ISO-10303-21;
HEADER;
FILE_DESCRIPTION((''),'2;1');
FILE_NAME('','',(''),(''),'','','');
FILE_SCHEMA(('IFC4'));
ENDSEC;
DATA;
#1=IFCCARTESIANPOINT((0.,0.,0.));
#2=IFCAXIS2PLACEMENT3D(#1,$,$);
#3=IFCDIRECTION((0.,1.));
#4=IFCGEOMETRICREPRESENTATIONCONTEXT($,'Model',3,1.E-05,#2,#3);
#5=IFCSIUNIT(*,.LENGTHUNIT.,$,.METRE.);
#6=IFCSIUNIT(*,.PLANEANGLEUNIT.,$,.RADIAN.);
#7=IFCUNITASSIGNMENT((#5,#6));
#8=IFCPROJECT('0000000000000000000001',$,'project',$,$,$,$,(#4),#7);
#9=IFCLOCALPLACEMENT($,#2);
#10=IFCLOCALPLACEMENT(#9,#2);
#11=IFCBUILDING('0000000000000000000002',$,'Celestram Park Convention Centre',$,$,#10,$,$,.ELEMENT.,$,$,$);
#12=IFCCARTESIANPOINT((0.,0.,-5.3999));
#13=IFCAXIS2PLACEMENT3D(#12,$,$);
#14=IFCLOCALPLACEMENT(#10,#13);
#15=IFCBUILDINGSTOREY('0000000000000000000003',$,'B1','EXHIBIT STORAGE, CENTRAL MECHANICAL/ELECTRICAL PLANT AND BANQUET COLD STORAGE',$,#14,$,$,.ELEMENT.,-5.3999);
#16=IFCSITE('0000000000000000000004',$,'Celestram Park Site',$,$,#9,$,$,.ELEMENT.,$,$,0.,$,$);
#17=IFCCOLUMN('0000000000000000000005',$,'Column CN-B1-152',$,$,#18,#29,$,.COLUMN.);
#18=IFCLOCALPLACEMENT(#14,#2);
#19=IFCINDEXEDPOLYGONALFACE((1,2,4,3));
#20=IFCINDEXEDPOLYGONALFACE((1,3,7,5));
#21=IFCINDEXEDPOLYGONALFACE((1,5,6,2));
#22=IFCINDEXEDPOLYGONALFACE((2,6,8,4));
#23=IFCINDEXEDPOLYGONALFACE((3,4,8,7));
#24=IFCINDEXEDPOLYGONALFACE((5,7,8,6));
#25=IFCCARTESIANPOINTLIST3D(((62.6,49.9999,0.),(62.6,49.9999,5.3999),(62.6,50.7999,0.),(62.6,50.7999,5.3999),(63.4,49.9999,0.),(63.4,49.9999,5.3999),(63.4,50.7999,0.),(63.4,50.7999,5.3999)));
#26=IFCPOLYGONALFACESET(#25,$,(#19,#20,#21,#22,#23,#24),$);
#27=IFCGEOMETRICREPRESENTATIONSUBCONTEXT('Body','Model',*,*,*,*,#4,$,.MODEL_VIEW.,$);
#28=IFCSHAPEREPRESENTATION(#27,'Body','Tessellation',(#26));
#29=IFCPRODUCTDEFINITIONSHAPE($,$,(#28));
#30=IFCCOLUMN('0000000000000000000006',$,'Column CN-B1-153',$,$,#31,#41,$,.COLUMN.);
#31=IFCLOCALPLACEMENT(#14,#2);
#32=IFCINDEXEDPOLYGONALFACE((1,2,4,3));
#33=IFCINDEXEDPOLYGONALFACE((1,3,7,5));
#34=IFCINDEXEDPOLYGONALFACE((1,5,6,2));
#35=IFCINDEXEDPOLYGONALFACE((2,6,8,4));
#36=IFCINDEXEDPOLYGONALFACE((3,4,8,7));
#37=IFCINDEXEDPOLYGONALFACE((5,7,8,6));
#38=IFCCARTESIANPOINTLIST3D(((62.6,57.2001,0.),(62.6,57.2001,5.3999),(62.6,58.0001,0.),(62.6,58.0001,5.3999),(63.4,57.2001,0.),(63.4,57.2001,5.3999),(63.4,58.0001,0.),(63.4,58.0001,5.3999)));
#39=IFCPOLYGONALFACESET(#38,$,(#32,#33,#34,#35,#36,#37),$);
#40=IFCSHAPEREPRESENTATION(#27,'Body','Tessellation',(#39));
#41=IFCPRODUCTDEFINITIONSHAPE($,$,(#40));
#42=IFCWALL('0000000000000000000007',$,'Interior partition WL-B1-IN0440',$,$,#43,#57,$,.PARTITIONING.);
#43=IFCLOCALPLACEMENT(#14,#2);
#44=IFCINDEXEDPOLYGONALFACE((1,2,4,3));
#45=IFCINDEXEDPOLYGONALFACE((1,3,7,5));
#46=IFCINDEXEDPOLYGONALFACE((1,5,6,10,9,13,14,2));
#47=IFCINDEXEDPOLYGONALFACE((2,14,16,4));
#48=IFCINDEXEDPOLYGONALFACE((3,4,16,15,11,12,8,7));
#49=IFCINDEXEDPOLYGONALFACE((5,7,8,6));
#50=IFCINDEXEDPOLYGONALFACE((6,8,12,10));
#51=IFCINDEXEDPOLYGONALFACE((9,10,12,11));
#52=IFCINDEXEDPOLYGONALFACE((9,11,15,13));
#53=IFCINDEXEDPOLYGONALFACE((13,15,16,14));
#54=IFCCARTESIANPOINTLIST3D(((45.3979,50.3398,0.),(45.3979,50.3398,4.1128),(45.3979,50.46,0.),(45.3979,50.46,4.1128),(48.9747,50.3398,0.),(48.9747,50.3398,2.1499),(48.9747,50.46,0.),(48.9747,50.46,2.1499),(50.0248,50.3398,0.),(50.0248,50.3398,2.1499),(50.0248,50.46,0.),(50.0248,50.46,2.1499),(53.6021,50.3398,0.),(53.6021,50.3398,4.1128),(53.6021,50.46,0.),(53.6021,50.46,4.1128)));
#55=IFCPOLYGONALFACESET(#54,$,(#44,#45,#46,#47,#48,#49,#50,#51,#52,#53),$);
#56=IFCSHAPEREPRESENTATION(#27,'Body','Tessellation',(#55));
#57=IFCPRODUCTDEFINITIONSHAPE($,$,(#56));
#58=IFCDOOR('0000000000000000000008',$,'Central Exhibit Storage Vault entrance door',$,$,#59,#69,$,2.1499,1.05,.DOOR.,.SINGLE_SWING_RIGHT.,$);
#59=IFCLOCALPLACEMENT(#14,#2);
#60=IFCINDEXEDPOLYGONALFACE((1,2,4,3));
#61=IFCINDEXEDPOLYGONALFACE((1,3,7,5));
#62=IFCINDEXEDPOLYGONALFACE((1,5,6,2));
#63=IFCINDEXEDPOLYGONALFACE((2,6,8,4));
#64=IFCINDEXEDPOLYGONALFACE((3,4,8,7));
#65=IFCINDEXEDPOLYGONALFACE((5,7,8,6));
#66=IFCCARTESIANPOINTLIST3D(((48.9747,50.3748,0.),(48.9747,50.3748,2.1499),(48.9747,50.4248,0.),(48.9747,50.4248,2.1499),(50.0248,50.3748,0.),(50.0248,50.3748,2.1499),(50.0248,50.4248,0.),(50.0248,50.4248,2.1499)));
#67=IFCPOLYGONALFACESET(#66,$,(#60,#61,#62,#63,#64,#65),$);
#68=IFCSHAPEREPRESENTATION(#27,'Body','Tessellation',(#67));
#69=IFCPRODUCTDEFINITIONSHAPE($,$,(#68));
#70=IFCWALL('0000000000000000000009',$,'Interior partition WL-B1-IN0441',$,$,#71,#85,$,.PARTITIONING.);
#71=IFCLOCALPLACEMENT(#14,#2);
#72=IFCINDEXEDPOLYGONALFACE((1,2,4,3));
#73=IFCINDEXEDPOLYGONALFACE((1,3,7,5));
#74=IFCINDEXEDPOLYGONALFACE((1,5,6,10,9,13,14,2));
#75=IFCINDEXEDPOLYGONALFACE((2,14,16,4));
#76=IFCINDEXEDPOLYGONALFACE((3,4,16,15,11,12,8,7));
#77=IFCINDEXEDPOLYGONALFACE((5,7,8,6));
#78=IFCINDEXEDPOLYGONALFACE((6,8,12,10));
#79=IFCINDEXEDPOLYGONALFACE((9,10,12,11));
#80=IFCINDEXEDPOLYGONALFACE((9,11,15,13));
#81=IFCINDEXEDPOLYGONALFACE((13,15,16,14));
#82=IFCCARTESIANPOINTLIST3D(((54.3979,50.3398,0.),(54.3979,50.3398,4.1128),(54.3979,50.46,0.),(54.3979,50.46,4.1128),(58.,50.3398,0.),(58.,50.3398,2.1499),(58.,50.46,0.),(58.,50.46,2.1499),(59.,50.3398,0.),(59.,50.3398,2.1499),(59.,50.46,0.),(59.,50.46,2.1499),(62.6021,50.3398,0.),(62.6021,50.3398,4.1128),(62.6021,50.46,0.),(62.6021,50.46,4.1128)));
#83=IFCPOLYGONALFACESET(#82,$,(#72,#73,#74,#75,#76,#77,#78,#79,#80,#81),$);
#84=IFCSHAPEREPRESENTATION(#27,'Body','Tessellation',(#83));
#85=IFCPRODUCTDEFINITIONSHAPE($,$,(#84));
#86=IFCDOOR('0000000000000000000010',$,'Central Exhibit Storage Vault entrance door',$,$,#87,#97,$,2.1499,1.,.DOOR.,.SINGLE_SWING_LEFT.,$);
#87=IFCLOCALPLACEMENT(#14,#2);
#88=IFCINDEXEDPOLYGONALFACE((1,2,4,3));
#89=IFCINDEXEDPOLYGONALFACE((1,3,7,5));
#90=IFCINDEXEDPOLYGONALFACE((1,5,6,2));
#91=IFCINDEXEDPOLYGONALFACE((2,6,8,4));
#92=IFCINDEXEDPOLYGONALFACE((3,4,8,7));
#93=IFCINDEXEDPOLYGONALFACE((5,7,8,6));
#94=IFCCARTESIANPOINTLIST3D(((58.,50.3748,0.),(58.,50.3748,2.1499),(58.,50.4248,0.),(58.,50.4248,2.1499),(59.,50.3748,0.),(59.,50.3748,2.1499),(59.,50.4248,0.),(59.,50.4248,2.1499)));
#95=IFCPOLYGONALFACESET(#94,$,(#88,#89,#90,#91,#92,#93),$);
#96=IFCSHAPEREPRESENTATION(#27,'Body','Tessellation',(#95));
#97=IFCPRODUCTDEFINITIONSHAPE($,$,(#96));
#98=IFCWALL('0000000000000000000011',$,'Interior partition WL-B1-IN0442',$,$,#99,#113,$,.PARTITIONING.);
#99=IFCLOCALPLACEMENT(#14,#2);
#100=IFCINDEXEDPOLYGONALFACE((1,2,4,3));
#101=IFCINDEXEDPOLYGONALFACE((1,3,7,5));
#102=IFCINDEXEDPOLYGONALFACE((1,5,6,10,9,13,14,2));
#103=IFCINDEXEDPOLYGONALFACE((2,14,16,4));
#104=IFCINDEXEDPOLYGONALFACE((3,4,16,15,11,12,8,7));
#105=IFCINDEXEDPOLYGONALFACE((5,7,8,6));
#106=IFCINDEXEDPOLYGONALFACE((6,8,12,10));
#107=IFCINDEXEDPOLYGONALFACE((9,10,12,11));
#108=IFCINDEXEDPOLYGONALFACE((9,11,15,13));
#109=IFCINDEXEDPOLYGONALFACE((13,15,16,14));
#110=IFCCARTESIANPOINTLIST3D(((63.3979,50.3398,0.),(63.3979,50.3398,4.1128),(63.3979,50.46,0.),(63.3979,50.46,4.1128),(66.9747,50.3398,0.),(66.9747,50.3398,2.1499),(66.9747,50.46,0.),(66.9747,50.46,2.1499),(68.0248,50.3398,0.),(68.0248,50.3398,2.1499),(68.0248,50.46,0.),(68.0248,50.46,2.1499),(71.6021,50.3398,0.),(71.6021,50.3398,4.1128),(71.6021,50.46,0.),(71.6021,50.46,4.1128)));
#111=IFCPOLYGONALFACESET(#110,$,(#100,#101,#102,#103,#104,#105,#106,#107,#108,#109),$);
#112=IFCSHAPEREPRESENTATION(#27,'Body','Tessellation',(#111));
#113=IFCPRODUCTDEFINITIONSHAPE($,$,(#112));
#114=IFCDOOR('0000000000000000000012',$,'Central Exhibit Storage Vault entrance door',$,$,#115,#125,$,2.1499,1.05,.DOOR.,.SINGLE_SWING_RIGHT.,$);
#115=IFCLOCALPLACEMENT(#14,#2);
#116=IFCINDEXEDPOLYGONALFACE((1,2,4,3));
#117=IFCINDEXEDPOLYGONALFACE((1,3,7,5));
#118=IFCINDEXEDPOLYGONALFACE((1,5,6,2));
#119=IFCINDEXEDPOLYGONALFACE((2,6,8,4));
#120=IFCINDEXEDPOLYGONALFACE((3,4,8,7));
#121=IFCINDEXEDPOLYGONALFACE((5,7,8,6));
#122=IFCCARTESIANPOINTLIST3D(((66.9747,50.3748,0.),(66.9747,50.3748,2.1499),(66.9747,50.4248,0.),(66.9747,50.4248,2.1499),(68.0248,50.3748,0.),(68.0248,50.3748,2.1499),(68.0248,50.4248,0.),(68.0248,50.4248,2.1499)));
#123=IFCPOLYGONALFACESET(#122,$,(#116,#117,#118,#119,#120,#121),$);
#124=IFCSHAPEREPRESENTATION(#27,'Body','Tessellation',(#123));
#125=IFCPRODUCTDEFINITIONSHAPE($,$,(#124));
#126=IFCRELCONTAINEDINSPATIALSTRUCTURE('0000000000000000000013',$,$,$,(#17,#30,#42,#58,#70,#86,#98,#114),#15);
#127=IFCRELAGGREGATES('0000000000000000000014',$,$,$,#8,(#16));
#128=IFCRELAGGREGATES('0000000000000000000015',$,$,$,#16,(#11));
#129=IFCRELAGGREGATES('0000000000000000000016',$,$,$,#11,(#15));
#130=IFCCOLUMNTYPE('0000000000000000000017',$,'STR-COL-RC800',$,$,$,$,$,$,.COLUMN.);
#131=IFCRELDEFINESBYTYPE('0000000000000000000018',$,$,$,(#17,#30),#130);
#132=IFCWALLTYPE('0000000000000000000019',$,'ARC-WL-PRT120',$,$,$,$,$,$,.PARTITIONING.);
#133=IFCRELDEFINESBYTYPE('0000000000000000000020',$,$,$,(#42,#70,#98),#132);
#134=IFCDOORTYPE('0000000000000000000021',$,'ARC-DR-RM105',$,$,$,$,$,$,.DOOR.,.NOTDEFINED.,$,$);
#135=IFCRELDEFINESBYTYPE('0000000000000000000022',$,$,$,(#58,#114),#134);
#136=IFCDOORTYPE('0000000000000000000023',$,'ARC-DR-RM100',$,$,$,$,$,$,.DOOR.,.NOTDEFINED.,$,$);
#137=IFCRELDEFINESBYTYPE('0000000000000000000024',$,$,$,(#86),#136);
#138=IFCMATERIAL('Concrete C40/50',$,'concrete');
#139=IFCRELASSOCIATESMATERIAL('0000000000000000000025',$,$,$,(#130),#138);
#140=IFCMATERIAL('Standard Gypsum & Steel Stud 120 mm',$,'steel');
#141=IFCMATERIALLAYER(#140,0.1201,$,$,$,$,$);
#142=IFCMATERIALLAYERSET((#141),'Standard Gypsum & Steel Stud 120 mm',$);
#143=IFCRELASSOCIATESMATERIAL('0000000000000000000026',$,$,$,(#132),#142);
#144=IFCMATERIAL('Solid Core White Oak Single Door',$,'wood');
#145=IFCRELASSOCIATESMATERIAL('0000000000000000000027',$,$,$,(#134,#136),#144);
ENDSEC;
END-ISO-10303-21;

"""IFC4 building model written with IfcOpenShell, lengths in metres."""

from ifc_helpers import new_model, si_unit, direction, frame, frame_2d, origin, origin_2d, place, context, subcontext, project, spatial, rectangle, extrude, material, layer, layer_set, material_profile, profile_set, type_object, element, fill, save


model = new_model("IFC4")

# Units and contexts
model_context = context("Model", 3, precision=1e-05, world=origin(), true_north=direction((0.0, 1.0)))
body_context = subcontext(model_context, "Body", "Model", "MODEL_VIEW")
ifc_project = project(units=[si_unit("LENGTHUNIT", "METRE"), si_unit("PLANEANGLEUNIT", "RADIAN")], contexts=[model_context])

# Site, building, storey
site_placement = place(None, origin())
site = spatial("IfcSite", under=ifc_project, at=site_placement, Name="Celestram Park Site", CompositionType="ELEMENT", RefElevation=0.0)
building_placement = place(site_placement, origin())
building = spatial("IfcBuilding", under=site, at=building_placement, Name="Celestram Park Convention Centre", CompositionType="ELEMENT")
storey_placement = place(building_placement, frame((0.0, 0.0, -5.3999)))
storey = spatial("IfcBuildingStorey", under=building, at=storey_placement, Name="B1", Description="EXHIBIT STORAGE, CENTRAL MECHANICAL/ELECTRICAL PLANT AND BANQUET COLD STORAGE", CompositionType="ELEMENT", Elevation=-5.3999)

# Shared definitions
ifc_material_1 = material(Name="Concrete C40/50", Category="concrete")

# Columns
ifc_material_profile_1 = material_profile(ifc_material_1, rectangle(XDim=0.8, YDim=0.8, at=origin_2d()), Name="RC800X800")
ifc_profile_set_1 = profile_set([ifc_material_profile_1], Name="Concrete C40/50")
column_type = type_object("IfcColumnType", Name="STR-COL-RC800", PredefinedType="COLUMN", material=ifc_profile_set_1)
for number, where, z_axis, x_axis, name in (
    (1, (63.0, 50.3999, 0.0), (0.0, 0.0, 1.0), (1.0, 0.0, 0.0), "Column CN-B1-152"),
    (2, (63.0, 57.6001, 0.0), (0.0, 0.0, 1.0), (1.0, 0.0, 0.0), "Column CN-B1-153"),
):
    element("IfcColumn", number, at=place(storey_placement, frame(where, z_axis=z_axis, x_axis=x_axis)), inside=storey, type_object=column_type, Name=name, PredefinedType="COLUMN", context=body_context, shape_type="SweptSolid", body=[
        extrude(rectangle(XDim=0.8, YDim=0.8, at=origin_2d()), origin(), (0.0, 0.0, 1.0), 5.3999),
    ])

# Walls, openings, doors
ifc_material_2 = material(Name="Standard Gypsum & Steel Stud 120 mm", Category="steel")
ifc_layer = layer(ifc_material_2, 0.1201)
ifc_layer_set = layer_set([ifc_layer], Name="Standard Gypsum & Steel Stud 120 mm")
wall_type = type_object("IfcWallType", Name="ARC-WL-PRT120", PredefinedType="PARTITIONING", material=ifc_layer_set)
wall_1_placement = place(storey_placement, frame((45.3979, 50.3999, 0.0), z_axis=(0.0, 0.0, 1.0), x_axis=(1.0, 0.0, 0.0)))
wall_1 = element("IfcWall", 3, at=wall_1_placement, inside=storey, type_object=wall_type, Name="Interior partition WL-B1-IN0440", PredefinedType="PARTITIONING", context=body_context, shape_type="SweptSolid", body=[
    extrude(rectangle(XDim=8.2041, YDim=0.1201, at=frame_2d((4.1021, 0.0))), origin(), (0.0, 0.0, 1.0), 4.1128),
])
opening_1_placement = place(wall_1_placement, frame((3.5769, 0.0, 0.0)))
opening_1 = element("IfcOpeningElement", 4, at=opening_1_placement, cuts=wall_1, PredefinedType="OPENING", context=body_context, shape_type="SweptSolid", body=[
    extrude(rectangle(XDim=1.05, YDim=2.1499, at=frame_2d((0.5249, 1.075))), frame((0.0, 0.0701, 0.0), z_axis=(0.0, -1.0, 0.0), x_axis=(1.0, 0.0, 0.0)), (0.0, 0.0, 1.0), 0.1401),
])
ifc_material_3 = material(Name="Solid Core White Oak Single Door", Category="wood")
door_type_1 = type_object("IfcDoorType", Name="ARC-DR-RM105", OperationType="NOTDEFINED", PredefinedType="DOOR", material=ifc_material_3)
door_1_placement = place(opening_1_placement, origin())
door_1 = element("IfcDoor", 5, at=door_1_placement, inside=storey, type_object=door_type_1, Name="Central Exhibit Storage Vault entrance door", OperationType="SINGLE_SWING_RIGHT", OverallHeight=2.1499, OverallWidth=1.05, PredefinedType="DOOR", context=body_context, shape_type="SweptSolid", body=[
    extrude(rectangle(XDim=1.05, YDim=2.1499, at=frame_2d((0.5249, 1.075))), frame((0.0, 0.0249, 0.0), z_axis=(0.0, -1.0, 0.0), x_axis=(1.0, 0.0, 0.0)), (0.0, 0.0, 1.0), 0.05),
])
fill(opening_1, door_1)
wall_2_placement = place(storey_placement, frame((54.3979, 50.3999, 0.0), z_axis=(0.0, 0.0, 1.0), x_axis=(1.0, 0.0, 0.0)))
wall_2 = element("IfcWall", 6, at=wall_2_placement, inside=storey, type_object=wall_type, Name="Interior partition WL-B1-IN0441", PredefinedType="PARTITIONING", context=body_context, shape_type="SweptSolid", body=[
    extrude(rectangle(XDim=8.2041, YDim=0.1201, at=frame_2d((4.1021, 0.0))), origin(), (0.0, 0.0, 1.0), 4.1128),
])
opening_2_placement = place(wall_2_placement, frame((3.6021, 0.0, 0.0)))
opening_2 = element("IfcOpeningElement", 7, at=opening_2_placement, cuts=wall_2, PredefinedType="OPENING", context=body_context, shape_type="SweptSolid", body=[
    extrude(rectangle(XDim=1.0, YDim=2.1499, at=frame_2d((0.5, 1.075))), frame((0.0, 0.0701, 0.0), z_axis=(0.0, -1.0, 0.0), x_axis=(1.0, 0.0, 0.0)), (0.0, 0.0, 1.0), 0.1401),
])
door_type_2 = type_object("IfcDoorType", Name="ARC-DR-RM100", OperationType="NOTDEFINED", PredefinedType="DOOR", material=ifc_material_3)
door_2_placement = place(opening_2_placement, origin())
door_2 = element("IfcDoor", 8, at=door_2_placement, inside=storey, type_object=door_type_2, Name="Central Exhibit Storage Vault entrance door", OperationType="SINGLE_SWING_LEFT", OverallHeight=2.1499, OverallWidth=1.0, PredefinedType="DOOR", context=body_context, shape_type="SweptSolid", body=[
    extrude(rectangle(XDim=1.0, YDim=2.1499, at=frame_2d((0.5, 1.075))), frame((0.0, 0.0249, 0.0), z_axis=(0.0, -1.0, 0.0), x_axis=(1.0, 0.0, 0.0)), (0.0, 0.0, 1.0), 0.05),
])
fill(opening_2, door_2)
wall_3_placement = place(storey_placement, frame((63.3979, 50.3999, 0.0), z_axis=(0.0, 0.0, 1.0), x_axis=(1.0, 0.0, 0.0)))
wall_3 = element("IfcWall", 9, at=wall_3_placement, inside=storey, type_object=wall_type, Name="Interior partition WL-B1-IN0442", PredefinedType="PARTITIONING", context=body_context, shape_type="SweptSolid", body=[
    extrude(rectangle(XDim=8.2041, YDim=0.1201, at=frame_2d((4.1021, 0.0))), origin(), (0.0, 0.0, 1.0), 4.1128),
])
opening_3_placement = place(wall_3_placement, frame((3.5769, 0.0, 0.0)))
opening_3 = element("IfcOpeningElement", 10, at=opening_3_placement, cuts=wall_3, PredefinedType="OPENING", context=body_context, shape_type="SweptSolid", body=[
    extrude(rectangle(XDim=1.05, YDim=2.1499, at=frame_2d((0.5249, 1.075))), frame((0.0, 0.0701, 0.0), z_axis=(0.0, -1.0, 0.0), x_axis=(1.0, 0.0, 0.0)), (0.0, 0.0, 1.0), 0.1401),
])
door_3_placement = place(opening_3_placement, origin())
door_3 = element("IfcDoor", 11, at=door_3_placement, inside=storey, type_object=door_type_1, Name="Central Exhibit Storage Vault entrance door", OperationType="SINGLE_SWING_RIGHT", OverallHeight=2.1499, OverallWidth=1.05, PredefinedType="DOOR", context=body_context, shape_type="SweptSolid", body=[
    extrude(rectangle(XDim=1.05, YDim=2.1499, at=frame_2d((0.5249, 1.075))), frame((0.0, 0.0249, 0.0), z_axis=(0.0, -1.0, 0.0), x_axis=(1.0, 0.0, 0.0)), (0.0, 0.0, 1.0), 0.05),
])
fill(opening_3, door_3)

save(model, "model.ifc")
